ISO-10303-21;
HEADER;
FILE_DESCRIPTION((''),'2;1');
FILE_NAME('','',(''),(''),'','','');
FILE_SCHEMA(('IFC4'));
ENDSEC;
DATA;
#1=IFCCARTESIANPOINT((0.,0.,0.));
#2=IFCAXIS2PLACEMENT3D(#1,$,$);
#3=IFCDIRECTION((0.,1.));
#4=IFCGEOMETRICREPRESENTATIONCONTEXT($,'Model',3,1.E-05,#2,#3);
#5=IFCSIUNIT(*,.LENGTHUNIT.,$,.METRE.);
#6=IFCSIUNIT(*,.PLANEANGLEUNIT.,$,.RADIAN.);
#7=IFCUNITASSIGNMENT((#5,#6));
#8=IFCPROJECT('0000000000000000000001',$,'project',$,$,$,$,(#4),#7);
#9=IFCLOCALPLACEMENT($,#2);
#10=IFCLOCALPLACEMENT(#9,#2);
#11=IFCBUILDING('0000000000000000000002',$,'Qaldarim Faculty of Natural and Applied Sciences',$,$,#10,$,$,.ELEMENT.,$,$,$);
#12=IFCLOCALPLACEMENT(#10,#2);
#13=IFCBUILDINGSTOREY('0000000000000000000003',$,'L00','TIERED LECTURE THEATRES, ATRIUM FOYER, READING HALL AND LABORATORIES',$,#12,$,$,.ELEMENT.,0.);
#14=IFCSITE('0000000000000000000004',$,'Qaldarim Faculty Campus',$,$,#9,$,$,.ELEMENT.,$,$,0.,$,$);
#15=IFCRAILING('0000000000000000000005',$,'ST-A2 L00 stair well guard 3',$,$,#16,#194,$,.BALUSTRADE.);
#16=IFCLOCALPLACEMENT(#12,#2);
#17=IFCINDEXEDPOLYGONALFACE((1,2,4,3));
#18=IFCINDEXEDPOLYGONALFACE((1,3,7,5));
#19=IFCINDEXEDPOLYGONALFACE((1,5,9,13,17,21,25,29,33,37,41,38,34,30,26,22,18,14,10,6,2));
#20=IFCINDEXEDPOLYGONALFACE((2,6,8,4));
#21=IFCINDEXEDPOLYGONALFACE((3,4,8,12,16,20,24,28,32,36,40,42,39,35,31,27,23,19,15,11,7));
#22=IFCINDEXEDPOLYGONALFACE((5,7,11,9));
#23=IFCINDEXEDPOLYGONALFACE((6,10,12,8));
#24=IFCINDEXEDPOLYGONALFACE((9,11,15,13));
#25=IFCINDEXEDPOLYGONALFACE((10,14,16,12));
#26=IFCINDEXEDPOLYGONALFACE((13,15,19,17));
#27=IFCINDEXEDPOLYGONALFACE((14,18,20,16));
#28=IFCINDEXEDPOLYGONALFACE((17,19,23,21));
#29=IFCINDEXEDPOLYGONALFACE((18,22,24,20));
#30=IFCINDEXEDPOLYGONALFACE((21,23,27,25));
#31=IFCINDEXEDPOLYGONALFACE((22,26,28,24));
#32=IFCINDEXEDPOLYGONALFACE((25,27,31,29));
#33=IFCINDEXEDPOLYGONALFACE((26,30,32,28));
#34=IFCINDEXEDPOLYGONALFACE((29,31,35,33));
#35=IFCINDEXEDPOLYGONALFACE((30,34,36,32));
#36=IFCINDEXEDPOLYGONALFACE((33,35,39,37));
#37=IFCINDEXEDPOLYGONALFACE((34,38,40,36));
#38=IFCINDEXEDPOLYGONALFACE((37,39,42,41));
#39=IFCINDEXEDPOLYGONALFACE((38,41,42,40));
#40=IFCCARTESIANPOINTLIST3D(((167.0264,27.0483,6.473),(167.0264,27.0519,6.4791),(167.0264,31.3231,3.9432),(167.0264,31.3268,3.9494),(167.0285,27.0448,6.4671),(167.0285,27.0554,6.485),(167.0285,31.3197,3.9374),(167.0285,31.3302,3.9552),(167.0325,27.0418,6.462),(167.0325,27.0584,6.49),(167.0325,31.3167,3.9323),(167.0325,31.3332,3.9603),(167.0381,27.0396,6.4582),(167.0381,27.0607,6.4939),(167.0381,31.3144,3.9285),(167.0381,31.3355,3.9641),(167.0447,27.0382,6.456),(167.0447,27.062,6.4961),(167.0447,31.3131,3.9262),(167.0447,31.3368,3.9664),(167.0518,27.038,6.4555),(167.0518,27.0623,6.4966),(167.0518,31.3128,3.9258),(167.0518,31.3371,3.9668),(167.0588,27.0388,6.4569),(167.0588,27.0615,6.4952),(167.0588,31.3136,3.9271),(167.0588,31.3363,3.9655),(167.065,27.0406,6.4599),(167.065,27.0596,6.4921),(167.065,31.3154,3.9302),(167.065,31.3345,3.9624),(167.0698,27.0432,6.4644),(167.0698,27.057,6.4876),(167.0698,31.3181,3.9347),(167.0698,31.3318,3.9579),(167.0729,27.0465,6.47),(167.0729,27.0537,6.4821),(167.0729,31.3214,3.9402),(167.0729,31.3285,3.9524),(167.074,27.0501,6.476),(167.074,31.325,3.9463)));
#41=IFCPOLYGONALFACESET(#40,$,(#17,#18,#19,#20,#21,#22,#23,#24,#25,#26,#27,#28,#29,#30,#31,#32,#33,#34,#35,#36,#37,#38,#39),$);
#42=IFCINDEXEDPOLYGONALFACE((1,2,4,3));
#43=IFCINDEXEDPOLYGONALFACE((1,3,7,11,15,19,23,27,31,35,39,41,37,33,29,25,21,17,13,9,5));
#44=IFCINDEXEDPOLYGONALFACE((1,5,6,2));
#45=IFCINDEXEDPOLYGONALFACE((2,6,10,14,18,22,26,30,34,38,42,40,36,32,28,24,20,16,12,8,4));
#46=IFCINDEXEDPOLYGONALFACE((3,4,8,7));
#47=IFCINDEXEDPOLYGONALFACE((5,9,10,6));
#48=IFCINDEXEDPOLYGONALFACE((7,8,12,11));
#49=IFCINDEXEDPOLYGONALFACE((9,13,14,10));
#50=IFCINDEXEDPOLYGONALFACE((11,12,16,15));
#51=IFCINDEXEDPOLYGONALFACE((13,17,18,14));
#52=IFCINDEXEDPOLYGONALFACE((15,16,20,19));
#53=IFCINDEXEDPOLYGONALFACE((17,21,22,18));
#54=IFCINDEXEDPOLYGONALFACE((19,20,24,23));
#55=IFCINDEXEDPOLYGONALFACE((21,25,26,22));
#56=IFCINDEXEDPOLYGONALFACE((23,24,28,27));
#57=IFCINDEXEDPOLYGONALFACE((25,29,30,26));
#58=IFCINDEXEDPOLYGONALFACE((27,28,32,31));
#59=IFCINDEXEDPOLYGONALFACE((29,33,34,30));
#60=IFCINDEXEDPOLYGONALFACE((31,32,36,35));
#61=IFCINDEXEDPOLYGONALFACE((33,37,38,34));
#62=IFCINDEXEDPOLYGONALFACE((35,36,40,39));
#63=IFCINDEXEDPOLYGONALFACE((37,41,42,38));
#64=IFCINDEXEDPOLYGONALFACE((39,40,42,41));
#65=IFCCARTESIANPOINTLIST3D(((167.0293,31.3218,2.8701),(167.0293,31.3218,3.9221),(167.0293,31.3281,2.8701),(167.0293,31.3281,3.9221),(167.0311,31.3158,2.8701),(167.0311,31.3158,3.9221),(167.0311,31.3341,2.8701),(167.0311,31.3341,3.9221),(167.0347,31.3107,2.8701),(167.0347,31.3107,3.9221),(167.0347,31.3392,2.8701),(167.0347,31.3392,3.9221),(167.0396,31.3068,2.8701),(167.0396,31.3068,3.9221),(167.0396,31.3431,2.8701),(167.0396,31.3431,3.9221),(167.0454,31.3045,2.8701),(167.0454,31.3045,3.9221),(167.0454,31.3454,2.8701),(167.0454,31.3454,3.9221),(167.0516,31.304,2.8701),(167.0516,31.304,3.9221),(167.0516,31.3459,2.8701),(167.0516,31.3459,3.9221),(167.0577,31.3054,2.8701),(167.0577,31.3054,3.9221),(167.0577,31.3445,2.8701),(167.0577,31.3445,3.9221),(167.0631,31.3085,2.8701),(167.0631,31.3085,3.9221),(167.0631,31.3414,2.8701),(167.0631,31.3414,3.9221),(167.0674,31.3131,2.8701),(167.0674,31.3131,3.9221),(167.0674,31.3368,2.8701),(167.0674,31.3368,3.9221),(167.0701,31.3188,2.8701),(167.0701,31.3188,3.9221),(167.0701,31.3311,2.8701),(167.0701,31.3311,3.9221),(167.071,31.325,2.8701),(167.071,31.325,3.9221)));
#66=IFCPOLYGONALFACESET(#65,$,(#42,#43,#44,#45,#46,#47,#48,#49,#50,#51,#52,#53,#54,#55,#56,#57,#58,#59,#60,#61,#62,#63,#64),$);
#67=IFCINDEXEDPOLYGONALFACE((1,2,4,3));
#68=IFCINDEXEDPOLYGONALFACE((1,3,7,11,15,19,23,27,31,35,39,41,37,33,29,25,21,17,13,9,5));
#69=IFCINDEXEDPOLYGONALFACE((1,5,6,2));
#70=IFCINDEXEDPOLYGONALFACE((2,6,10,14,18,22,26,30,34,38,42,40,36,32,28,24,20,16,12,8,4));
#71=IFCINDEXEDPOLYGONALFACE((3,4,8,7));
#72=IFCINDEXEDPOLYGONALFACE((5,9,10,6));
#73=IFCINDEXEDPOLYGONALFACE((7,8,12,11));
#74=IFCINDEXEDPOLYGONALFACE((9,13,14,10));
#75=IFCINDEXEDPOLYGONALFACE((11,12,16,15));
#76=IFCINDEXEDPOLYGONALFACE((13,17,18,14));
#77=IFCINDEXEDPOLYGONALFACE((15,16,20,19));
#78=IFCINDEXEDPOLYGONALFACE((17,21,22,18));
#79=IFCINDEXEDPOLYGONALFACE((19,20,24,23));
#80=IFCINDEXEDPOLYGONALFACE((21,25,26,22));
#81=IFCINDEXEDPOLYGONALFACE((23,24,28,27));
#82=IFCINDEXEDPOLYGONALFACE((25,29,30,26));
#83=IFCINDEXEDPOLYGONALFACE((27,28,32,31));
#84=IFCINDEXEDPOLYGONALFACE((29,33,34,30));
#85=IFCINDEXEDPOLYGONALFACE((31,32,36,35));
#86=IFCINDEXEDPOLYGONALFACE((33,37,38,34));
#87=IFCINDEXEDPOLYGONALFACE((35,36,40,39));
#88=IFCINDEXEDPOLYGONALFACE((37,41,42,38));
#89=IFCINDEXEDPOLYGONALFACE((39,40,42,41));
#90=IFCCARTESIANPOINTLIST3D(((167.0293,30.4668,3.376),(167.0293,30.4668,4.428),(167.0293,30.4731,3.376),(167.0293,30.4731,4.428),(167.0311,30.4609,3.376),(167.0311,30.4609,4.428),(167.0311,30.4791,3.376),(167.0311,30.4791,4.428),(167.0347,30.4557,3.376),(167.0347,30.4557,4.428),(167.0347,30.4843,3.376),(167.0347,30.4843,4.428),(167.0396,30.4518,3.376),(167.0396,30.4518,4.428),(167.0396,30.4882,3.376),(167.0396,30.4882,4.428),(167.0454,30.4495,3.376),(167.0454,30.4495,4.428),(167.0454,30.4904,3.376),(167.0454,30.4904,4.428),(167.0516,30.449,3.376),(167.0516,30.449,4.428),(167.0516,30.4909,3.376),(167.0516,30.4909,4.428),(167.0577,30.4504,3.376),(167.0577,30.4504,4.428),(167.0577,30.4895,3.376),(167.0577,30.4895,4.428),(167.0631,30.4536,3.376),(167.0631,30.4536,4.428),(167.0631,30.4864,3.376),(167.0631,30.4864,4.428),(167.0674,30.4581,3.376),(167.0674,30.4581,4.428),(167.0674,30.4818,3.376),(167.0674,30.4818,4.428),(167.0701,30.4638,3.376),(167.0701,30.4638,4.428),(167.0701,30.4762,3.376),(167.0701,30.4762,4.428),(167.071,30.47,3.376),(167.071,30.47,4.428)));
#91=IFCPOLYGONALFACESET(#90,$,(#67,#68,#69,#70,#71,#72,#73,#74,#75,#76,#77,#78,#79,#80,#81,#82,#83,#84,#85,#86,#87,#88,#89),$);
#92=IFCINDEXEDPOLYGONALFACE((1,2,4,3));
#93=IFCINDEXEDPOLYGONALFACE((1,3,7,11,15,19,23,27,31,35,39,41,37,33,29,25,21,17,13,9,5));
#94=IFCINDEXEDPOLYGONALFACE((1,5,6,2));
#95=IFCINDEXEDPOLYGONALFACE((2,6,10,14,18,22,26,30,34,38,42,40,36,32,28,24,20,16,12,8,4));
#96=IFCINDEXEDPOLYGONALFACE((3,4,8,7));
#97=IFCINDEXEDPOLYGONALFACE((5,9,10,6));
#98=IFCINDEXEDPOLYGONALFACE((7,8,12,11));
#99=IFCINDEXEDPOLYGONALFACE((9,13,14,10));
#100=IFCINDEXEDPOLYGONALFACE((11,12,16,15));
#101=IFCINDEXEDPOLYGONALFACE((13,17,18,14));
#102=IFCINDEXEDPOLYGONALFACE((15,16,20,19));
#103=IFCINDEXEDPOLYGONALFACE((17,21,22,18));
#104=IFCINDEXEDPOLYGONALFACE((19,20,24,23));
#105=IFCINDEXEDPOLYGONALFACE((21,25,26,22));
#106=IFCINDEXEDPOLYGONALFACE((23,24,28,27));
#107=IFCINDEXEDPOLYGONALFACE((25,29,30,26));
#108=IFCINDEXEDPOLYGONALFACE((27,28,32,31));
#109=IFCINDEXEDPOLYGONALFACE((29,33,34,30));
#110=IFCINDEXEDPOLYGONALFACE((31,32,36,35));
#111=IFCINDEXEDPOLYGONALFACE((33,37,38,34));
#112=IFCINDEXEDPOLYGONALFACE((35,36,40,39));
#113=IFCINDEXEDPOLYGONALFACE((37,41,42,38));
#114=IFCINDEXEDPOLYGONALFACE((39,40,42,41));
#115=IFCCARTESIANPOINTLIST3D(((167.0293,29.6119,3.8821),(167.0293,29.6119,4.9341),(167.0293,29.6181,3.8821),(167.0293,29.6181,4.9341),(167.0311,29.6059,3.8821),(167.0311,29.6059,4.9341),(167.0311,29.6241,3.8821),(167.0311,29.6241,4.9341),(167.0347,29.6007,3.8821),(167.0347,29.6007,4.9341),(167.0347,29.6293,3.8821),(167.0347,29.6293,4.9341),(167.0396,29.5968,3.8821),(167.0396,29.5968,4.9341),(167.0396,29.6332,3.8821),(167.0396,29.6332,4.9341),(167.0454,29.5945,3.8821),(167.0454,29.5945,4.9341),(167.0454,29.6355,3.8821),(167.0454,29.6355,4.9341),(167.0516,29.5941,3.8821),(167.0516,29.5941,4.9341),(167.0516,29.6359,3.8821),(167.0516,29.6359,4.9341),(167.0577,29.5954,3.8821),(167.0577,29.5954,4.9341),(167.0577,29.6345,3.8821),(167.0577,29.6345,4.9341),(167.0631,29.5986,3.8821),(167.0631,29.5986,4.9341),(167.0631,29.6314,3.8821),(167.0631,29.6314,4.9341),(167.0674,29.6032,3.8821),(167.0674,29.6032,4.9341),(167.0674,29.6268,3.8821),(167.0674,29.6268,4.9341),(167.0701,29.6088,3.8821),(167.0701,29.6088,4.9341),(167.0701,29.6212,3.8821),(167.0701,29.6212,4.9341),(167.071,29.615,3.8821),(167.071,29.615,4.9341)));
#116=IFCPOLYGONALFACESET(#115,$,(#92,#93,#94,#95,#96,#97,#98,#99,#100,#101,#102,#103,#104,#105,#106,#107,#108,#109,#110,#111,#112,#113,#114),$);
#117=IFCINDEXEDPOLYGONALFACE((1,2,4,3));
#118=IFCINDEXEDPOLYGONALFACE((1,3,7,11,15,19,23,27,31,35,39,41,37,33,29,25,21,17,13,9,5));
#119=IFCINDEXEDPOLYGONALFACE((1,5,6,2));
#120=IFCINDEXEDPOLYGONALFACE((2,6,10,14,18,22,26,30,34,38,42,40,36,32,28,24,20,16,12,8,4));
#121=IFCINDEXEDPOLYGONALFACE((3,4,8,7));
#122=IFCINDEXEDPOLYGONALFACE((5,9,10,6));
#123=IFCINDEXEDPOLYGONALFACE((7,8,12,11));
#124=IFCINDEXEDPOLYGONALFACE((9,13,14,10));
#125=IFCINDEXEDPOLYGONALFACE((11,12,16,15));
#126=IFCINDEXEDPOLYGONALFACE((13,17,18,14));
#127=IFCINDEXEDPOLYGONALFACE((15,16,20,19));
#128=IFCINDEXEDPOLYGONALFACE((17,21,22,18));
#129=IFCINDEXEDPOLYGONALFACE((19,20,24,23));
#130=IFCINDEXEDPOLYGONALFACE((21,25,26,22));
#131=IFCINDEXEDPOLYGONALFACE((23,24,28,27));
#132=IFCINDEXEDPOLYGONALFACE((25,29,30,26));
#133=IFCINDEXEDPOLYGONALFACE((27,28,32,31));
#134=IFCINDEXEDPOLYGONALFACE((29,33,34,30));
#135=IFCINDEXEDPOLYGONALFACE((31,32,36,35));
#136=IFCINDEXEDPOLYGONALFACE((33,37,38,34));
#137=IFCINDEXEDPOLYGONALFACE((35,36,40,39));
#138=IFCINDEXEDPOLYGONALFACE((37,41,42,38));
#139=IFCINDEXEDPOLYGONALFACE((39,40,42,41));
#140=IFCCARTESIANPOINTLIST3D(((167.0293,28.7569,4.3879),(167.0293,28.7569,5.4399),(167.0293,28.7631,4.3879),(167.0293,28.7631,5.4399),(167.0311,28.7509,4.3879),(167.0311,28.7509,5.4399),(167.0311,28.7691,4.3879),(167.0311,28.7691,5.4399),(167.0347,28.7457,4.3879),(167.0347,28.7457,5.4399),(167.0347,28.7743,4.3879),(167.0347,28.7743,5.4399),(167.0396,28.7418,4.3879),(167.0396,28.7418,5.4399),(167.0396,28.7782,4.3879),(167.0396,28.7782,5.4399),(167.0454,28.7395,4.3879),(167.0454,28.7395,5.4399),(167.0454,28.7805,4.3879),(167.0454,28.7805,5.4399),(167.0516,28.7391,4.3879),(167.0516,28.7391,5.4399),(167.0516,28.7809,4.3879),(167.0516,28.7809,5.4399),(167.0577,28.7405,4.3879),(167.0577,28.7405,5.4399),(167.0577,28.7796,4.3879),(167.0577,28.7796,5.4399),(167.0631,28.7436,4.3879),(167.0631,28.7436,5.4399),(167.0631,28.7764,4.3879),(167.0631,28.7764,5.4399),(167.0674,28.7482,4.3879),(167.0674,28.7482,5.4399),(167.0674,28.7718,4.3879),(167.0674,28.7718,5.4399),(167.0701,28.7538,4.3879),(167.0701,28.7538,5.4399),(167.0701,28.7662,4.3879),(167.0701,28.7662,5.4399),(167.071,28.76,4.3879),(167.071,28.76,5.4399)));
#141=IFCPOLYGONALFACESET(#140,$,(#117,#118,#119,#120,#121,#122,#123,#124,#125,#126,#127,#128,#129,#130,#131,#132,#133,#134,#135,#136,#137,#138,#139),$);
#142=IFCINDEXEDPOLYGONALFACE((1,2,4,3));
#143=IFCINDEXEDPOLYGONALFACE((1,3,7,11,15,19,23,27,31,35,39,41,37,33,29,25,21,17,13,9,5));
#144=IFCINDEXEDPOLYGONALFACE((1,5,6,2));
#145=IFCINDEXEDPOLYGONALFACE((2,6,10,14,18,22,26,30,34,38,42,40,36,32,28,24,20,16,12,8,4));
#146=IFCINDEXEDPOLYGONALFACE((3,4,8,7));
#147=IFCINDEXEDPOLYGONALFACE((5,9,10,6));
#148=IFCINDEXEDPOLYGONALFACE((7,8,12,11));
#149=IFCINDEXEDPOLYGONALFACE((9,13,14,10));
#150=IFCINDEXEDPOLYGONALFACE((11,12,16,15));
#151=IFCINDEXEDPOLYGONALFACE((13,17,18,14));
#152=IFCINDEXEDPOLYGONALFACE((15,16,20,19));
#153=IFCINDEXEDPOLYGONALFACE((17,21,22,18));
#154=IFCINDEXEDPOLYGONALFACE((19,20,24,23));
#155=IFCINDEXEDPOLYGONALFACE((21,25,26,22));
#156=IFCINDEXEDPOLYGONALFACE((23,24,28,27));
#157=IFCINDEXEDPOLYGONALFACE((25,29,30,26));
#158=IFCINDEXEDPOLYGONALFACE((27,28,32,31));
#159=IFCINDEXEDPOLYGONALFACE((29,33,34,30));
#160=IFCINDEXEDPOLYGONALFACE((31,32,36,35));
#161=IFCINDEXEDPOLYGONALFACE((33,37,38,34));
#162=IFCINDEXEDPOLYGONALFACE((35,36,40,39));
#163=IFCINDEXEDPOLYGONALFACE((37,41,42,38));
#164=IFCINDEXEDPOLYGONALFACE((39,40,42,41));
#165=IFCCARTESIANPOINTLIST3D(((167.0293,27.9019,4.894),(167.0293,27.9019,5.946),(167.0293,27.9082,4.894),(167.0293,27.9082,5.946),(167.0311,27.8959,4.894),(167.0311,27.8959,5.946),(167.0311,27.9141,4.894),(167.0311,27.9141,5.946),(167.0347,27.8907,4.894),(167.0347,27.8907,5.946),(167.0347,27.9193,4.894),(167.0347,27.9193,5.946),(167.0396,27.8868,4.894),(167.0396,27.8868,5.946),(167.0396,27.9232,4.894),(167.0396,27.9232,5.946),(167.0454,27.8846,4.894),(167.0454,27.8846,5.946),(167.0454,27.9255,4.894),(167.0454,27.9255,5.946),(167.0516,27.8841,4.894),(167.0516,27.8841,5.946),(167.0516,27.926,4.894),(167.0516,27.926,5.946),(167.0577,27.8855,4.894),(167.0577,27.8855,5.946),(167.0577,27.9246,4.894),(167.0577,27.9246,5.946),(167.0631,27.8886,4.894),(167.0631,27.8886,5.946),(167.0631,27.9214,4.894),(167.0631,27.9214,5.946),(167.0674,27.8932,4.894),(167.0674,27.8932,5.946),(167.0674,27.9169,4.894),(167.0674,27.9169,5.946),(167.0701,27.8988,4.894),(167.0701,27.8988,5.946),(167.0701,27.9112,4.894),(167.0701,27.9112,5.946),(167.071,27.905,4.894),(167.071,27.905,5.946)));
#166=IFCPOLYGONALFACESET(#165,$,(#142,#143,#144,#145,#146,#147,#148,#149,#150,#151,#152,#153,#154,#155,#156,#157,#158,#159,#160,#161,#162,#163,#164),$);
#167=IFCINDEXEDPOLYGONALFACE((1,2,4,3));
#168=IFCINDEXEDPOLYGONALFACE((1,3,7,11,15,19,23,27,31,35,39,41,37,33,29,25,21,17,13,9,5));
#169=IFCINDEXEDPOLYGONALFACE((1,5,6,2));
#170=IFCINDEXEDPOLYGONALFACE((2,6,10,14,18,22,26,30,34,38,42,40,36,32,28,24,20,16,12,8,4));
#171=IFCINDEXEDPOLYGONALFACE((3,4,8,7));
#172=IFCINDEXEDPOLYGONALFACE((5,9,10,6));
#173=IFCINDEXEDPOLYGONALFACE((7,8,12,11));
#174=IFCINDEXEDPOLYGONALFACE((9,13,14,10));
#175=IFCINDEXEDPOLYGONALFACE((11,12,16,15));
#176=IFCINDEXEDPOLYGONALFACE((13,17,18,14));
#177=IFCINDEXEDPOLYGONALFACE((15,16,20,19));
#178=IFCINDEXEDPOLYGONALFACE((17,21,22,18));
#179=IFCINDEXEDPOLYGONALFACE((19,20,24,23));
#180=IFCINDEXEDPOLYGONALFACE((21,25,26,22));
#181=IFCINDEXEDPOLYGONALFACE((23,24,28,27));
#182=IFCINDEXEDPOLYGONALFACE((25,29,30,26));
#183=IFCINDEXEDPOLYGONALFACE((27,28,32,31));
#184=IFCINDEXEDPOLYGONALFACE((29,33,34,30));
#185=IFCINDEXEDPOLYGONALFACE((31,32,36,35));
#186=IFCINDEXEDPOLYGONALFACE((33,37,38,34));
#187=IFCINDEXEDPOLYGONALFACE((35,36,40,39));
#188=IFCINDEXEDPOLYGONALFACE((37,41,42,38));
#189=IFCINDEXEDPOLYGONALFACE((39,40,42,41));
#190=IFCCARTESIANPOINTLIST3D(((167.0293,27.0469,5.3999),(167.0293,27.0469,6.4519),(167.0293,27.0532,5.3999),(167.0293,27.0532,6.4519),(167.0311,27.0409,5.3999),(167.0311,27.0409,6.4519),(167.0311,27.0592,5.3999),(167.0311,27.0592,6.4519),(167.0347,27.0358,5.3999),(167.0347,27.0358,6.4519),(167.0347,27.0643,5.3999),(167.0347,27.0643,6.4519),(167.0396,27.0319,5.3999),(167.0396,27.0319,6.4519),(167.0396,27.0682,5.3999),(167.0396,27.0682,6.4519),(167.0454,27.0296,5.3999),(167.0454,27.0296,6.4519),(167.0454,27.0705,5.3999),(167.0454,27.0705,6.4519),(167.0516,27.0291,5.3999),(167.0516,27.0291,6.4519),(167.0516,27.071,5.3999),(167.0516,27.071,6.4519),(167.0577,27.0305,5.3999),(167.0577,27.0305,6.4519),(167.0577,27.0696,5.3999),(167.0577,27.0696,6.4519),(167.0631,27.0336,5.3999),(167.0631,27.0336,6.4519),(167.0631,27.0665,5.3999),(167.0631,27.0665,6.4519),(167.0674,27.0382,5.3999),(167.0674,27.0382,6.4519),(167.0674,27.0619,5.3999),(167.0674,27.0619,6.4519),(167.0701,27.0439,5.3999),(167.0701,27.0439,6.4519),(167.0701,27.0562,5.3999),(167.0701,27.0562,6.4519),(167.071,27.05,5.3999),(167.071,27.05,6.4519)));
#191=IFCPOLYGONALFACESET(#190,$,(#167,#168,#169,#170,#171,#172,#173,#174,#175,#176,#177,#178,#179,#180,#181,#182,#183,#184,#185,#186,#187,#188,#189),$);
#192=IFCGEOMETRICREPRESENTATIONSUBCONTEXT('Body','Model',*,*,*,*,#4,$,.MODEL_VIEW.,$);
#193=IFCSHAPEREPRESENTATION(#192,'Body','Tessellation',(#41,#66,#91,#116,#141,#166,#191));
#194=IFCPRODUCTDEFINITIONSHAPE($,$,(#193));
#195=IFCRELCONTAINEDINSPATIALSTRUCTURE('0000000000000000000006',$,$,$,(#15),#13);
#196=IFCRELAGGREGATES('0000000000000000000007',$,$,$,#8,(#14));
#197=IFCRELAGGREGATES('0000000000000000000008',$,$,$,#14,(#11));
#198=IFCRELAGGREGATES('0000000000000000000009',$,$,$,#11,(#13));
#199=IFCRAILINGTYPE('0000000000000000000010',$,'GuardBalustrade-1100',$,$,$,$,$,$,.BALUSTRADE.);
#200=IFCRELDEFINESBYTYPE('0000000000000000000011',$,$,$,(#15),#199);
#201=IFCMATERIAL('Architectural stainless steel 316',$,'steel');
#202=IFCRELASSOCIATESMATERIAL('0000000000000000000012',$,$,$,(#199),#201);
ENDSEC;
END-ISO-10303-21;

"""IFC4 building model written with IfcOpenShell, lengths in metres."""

from ifc_helpers import new_model, si_unit, direction, frame, origin, origin_2d, place, context, subcontext, project, spatial, circle, extrude, material, type_object, element, save


model = new_model("IFC4")

# Units and contexts
model_context = context("Model", 3, precision=1e-05, world=origin(), true_north=direction((0.0, 1.0)))
body_context = subcontext(model_context, "Body", "Model", "MODEL_VIEW")
ifc_project = project(units=[si_unit("LENGTHUNIT", "METRE"), si_unit("PLANEANGLEUNIT", "RADIAN")], contexts=[model_context])

# Site, building, storey
site_placement = place(None, origin())
site = spatial("IfcSite", under=ifc_project, at=site_placement, Name="Qaldarim Faculty Campus", CompositionType="ELEMENT", RefElevation=0.0)
building_placement = place(site_placement, origin())
building = spatial("IfcBuilding", under=site, at=building_placement, Name="Qaldarim Faculty of Natural and Applied Sciences", CompositionType="ELEMENT")
storey_placement = place(building_placement, origin())
storey = spatial("IfcBuildingStorey", under=building, at=storey_placement, Name="L00", Description="TIERED LECTURE THEATRES, ATRIUM FOYER, READING HALL AND LABORATORIES", CompositionType="ELEMENT", Elevation=0.0)

# Shared definitions
ifc_material_1 = material(Name="Architectural stainless steel 316", Category="steel")

# Railing
railing_type_1 = type_object("IfcRailingType", Name="GuardBalustrade-1100", PredefinedType="BALUSTRADE", material=ifc_material_1)
railing_1_placement = place(storey_placement, frame((167.05, 31.325, 2.8701)))
element("IfcRailing", 1, at=railing_1_placement, inside=storey, type_object=railing_type_1, Name="ST-A2 L00 stair well guard 3", PredefinedType="BALUSTRADE", context=body_context, shape_type="SweptSolid", body=[
    extrude(circle(Radius=0.0239, at=origin_2d()), frame((0.0, 0.0, 1.0762), z_axis=(0.0, -0.8606, 0.509282), x_axis=(1.0, 0.0, 0.0)), (0.0, 0.0, 1.0), 4.9673),
    extrude(circle(Radius=0.021, at=origin_2d()), origin(), (0.0, 0.0, 1.0), 1.052),
    extrude(circle(Radius=0.021, at=origin_2d()), frame((0.0, -0.855, 0.5059)), (0.0, 0.0, 1.0), 1.052),
    extrude(circle(Radius=0.021, at=origin_2d()), frame((0.0, -1.71, 1.012)), (0.0, 0.0, 1.0), 1.052),
    extrude(circle(Radius=0.021, at=origin_2d()), frame((0.0, -2.5649, 1.5178)), (0.0, 0.0, 1.0), 1.052),
    extrude(circle(Radius=0.021, at=origin_2d()), frame((0.0, -3.4199, 2.0239)), (0.0, 0.0, 1.0), 1.052),
    extrude(circle(Radius=0.021, at=origin_2d()), frame((0.0, -4.2749, 2.5298)), (0.0, 0.0, 1.0), 1.052),
])

save(model, "model.ifc")
